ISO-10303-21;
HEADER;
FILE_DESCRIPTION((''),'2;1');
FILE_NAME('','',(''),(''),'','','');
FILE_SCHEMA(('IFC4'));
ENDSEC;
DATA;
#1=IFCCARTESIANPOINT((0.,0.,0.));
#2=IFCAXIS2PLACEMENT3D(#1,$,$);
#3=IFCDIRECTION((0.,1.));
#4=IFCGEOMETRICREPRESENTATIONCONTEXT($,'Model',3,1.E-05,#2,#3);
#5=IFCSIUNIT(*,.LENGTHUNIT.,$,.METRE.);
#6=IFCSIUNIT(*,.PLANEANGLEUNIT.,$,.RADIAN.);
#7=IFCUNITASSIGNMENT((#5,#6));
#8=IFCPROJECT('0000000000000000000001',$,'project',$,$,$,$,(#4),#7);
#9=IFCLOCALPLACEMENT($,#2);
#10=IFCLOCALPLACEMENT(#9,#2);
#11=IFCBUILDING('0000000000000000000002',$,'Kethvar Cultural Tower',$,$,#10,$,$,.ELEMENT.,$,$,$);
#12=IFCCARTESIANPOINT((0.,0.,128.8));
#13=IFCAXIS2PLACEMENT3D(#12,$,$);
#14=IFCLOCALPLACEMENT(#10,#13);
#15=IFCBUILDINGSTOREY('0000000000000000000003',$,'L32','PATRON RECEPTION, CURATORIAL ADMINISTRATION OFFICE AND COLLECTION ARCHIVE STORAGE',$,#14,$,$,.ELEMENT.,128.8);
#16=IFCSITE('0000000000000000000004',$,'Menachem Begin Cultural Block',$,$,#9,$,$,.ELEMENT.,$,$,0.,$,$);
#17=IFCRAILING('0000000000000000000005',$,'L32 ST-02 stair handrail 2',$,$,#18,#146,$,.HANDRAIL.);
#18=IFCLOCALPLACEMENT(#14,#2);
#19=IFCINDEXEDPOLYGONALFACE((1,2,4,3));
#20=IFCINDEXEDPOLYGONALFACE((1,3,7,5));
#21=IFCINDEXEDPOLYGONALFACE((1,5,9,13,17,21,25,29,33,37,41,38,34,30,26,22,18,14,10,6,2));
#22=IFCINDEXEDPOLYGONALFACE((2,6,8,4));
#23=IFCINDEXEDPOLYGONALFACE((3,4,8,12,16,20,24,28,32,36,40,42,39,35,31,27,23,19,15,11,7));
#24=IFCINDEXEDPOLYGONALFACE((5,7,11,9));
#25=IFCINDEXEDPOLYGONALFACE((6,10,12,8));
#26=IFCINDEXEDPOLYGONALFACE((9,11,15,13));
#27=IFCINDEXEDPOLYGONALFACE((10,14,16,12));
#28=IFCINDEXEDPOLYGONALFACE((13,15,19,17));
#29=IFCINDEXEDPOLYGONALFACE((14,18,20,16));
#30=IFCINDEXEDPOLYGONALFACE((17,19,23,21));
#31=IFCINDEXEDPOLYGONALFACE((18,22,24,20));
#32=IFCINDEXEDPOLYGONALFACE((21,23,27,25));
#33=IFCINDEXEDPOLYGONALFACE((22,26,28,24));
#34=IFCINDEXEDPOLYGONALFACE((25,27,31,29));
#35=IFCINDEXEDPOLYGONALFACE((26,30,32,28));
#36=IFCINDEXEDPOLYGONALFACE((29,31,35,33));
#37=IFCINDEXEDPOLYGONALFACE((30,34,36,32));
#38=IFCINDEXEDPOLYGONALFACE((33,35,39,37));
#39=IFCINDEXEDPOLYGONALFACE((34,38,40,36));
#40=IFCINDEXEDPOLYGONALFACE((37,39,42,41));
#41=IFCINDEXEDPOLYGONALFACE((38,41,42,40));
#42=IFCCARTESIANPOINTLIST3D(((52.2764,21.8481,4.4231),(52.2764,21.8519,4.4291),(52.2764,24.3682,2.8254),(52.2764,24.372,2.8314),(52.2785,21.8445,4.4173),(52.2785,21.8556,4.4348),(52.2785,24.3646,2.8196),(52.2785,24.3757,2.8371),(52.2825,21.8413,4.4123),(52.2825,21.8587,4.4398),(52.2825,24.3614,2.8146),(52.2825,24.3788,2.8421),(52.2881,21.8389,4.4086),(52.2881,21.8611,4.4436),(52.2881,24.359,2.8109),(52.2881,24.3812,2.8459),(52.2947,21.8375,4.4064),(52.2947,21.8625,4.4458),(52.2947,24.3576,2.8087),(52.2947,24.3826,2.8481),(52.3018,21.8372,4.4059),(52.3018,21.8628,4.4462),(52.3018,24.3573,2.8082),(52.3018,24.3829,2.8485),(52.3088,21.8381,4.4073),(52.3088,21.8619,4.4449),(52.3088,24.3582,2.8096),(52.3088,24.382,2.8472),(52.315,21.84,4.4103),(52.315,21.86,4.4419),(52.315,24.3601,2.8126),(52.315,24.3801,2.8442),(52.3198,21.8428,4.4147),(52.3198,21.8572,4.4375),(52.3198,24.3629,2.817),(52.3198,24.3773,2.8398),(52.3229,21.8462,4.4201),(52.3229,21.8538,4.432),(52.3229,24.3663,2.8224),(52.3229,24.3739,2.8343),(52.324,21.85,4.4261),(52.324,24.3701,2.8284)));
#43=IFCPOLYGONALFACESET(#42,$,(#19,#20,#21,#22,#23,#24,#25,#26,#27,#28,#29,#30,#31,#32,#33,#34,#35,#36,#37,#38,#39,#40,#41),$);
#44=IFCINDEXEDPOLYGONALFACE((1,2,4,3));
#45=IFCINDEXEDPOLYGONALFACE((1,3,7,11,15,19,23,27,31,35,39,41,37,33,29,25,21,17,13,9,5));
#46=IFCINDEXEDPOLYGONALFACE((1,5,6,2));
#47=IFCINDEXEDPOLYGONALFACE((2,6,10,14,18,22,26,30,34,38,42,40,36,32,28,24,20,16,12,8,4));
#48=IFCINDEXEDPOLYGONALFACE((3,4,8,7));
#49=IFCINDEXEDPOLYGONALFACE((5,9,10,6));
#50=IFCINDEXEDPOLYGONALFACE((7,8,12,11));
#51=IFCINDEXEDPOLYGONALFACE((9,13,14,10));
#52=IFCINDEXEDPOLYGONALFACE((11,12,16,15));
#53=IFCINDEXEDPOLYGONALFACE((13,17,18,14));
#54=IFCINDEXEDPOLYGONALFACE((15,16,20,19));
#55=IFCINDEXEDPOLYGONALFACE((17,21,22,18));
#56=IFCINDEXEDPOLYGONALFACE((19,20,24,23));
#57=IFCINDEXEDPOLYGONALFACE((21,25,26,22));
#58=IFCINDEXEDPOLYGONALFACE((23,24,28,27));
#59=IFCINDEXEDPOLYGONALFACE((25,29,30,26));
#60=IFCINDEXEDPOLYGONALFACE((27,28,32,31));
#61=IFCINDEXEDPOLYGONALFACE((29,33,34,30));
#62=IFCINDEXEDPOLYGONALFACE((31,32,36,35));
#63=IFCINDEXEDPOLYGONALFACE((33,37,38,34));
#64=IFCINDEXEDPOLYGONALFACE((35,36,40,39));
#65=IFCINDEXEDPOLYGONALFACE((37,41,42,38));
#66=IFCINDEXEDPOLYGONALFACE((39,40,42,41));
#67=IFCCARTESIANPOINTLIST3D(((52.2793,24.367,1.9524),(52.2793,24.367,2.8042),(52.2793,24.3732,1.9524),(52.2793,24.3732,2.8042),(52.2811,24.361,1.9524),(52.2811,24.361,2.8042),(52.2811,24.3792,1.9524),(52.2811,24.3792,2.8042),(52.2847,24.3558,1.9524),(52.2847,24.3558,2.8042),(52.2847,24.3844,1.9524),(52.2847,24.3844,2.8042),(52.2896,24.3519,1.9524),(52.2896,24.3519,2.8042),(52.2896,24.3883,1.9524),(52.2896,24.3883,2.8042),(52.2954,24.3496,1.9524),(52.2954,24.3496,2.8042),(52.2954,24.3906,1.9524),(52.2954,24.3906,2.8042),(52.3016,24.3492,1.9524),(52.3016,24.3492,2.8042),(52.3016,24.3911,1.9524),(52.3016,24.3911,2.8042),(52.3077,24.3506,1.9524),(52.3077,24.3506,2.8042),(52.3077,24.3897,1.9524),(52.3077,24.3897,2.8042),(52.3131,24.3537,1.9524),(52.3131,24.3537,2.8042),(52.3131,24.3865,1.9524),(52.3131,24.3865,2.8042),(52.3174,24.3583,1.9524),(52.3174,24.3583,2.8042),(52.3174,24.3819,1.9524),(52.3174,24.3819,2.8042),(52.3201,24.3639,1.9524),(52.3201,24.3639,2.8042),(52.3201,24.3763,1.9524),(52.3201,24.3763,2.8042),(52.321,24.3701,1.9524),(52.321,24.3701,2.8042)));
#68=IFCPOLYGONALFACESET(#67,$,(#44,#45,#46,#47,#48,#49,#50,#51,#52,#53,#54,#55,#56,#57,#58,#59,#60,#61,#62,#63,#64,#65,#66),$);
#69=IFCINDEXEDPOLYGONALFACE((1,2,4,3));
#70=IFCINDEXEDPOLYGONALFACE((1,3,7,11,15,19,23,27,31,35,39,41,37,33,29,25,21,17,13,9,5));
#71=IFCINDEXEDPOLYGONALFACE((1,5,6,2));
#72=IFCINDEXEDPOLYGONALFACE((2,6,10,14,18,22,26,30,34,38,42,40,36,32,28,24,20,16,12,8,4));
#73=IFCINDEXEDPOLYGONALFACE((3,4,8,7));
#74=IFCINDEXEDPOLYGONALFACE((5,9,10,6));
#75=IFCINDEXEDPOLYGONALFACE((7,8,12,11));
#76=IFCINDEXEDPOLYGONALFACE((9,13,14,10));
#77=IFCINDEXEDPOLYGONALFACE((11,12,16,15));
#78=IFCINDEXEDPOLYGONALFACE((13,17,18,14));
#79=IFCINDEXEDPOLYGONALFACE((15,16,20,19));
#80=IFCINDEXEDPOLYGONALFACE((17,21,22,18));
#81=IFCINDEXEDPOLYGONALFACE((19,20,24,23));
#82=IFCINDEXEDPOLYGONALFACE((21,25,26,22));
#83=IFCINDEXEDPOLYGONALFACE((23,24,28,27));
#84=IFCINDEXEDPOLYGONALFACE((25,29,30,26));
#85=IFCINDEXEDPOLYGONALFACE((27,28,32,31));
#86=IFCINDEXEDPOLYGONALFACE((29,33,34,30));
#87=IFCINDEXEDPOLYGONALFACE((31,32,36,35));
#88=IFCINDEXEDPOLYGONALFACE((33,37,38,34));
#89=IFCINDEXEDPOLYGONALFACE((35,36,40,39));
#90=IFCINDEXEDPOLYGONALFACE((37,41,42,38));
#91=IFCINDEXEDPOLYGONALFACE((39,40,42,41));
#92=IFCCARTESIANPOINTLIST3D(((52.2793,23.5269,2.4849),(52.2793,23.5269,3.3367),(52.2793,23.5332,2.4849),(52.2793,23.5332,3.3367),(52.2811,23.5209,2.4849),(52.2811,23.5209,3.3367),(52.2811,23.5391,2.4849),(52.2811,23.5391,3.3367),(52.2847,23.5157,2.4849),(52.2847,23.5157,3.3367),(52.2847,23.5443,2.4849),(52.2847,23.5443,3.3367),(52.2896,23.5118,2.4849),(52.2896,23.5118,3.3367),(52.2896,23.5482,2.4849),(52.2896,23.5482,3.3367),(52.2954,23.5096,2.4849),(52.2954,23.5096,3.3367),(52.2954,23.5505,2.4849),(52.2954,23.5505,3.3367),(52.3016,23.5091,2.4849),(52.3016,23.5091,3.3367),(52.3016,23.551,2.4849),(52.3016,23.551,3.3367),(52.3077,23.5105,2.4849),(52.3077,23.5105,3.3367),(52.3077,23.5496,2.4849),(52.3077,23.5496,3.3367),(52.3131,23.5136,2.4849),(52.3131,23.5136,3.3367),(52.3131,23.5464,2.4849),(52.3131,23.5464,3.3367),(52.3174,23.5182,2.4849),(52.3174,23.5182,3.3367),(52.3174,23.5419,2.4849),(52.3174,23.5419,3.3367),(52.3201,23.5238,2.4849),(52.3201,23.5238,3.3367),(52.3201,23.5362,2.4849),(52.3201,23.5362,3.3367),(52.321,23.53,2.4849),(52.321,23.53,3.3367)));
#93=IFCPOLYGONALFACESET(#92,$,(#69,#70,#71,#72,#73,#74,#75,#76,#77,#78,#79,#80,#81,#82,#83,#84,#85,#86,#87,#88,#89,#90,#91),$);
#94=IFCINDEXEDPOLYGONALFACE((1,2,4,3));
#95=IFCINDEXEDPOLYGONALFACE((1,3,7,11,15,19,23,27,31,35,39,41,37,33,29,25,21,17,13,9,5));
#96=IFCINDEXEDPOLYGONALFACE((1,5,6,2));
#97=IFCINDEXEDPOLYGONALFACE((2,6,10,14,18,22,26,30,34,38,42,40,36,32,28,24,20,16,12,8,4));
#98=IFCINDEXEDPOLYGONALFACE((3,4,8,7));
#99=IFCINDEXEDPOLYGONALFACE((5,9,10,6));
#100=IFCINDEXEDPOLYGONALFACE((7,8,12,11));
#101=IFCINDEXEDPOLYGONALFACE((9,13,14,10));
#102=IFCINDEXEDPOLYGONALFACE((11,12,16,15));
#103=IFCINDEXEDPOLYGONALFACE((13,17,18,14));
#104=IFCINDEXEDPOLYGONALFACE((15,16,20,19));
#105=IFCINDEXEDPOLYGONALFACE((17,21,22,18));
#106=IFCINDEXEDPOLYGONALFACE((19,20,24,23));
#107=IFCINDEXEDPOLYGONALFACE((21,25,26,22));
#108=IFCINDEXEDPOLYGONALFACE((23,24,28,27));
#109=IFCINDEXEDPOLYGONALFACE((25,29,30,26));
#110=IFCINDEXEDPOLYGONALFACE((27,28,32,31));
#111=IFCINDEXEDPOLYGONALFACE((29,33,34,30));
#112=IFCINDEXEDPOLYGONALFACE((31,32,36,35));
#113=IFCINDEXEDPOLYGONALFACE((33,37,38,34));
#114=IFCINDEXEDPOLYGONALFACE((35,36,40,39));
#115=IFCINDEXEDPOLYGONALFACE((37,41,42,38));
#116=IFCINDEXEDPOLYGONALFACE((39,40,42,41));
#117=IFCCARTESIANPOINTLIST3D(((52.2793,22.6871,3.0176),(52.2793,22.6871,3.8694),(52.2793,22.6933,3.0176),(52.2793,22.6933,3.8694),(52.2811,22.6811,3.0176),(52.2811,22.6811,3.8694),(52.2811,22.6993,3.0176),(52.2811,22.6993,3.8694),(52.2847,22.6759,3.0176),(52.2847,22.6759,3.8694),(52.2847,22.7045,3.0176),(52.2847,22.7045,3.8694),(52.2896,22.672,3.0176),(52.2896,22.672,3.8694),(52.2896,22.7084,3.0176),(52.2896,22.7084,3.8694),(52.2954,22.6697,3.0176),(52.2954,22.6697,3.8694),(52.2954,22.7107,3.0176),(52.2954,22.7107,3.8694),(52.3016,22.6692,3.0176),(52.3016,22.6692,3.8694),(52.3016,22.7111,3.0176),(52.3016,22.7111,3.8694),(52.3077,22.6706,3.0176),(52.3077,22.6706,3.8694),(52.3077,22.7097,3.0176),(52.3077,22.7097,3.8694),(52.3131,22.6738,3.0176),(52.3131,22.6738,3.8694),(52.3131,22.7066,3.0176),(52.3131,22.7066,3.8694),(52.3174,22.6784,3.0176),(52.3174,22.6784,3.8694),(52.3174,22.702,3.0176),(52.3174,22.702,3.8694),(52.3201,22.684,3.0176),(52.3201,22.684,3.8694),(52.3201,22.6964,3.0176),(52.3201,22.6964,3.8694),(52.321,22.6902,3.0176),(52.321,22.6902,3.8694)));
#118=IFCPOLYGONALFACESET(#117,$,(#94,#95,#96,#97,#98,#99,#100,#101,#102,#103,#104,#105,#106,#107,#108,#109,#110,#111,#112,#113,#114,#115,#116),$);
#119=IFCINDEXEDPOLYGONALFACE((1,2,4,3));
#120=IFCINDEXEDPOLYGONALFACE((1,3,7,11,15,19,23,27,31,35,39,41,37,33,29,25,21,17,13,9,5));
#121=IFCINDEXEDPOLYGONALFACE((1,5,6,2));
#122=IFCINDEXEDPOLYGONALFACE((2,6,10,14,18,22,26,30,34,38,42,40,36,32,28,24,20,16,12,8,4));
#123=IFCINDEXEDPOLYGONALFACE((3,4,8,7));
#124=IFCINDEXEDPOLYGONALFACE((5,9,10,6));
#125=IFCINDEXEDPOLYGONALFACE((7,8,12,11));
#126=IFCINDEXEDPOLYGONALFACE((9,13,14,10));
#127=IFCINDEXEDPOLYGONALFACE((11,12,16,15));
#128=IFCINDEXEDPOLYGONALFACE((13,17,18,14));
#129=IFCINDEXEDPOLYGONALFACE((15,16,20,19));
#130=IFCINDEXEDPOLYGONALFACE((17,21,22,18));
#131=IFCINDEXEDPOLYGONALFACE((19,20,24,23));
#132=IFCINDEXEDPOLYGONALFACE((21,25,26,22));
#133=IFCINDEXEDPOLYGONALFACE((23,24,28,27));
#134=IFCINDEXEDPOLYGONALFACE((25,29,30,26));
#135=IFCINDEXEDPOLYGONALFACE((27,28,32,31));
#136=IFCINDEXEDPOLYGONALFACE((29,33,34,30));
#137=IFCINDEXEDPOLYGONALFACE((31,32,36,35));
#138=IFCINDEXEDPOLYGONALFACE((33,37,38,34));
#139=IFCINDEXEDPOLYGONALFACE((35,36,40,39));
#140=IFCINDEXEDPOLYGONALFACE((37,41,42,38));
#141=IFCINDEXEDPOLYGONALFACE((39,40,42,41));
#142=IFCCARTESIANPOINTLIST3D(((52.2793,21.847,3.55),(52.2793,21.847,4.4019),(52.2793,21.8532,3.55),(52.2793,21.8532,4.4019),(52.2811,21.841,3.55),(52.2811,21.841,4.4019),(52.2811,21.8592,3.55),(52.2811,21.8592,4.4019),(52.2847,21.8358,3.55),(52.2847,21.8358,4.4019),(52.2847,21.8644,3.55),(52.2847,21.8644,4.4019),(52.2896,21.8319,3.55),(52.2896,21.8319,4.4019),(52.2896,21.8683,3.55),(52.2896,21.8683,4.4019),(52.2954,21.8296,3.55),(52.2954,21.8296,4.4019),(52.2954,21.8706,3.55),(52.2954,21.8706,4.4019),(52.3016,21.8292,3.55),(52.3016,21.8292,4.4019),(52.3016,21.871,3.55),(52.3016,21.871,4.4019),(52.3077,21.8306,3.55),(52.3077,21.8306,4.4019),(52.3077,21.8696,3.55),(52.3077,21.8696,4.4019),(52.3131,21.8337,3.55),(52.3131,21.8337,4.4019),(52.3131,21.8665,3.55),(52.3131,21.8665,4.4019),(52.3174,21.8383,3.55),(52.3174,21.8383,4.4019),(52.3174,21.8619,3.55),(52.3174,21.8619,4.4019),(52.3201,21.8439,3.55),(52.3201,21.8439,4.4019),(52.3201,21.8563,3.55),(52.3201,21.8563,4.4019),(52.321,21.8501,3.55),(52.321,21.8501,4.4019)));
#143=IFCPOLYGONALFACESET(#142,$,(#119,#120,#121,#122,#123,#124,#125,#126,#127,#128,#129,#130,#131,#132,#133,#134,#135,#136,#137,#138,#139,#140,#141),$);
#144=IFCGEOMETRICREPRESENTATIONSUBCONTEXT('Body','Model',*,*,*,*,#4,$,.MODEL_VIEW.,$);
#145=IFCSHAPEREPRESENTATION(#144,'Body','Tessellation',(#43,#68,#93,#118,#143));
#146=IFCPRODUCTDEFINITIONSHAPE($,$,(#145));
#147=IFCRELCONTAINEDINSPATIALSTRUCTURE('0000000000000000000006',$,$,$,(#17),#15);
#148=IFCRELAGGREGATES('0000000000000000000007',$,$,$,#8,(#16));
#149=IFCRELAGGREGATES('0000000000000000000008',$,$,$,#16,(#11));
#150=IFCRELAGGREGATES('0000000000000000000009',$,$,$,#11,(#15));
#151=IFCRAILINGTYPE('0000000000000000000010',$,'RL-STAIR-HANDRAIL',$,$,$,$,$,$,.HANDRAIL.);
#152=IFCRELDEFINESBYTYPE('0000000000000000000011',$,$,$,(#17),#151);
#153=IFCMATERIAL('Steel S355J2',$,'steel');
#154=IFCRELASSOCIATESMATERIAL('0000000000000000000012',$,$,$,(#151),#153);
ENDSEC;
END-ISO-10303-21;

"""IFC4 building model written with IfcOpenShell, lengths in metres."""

from ifc_helpers import new_model, si_unit, direction, frame, origin, origin_2d, place, context, subcontext, project, spatial, circle, extrude, material, type_object, element, save


model = new_model("IFC4")

# Units and contexts
model_context = context("Model", 3, precision=1e-05, world=origin(), true_north=direction((0.0, 1.0)))
body_context = subcontext(model_context, "Body", "Model", "MODEL_VIEW")
ifc_project = project(units=[si_unit("LENGTHUNIT", "METRE"), si_unit("PLANEANGLEUNIT", "RADIAN")], contexts=[model_context])

# Site, building, storey
site_placement = place(None, origin())
site = spatial("IfcSite", under=ifc_project, at=site_placement, Name="Menachem Begin Cultural Block", CompositionType="ELEMENT", RefElevation=0.0)
building_placement = place(site_placement, origin())
building = spatial("IfcBuilding", under=site, at=building_placement, Name="Kethvar Cultural Tower", CompositionType="ELEMENT")
storey_placement = place(building_placement, frame((0.0, 0.0, 128.8)))
storey = spatial("IfcBuildingStorey", under=building, at=storey_placement, Name="L32", Description="PATRON RECEPTION, CURATORIAL ADMINISTRATION OFFICE AND COLLECTION ARCHIVE STORAGE", CompositionType="ELEMENT", Elevation=128.8)

# Shared definitions
ifc_material_1 = material(Name="Steel S355J2", Category="steel")

# Railing
railing_type_1 = type_object("IfcRailingType", Name="RL-STAIR-HANDRAIL", PredefinedType="HANDRAIL", material=ifc_material_1)
railing_1_placement = place(storey_placement, frame((52.3, 24.3701, 1.9524)))
element("IfcRailing", 1, at=railing_1_placement, inside=storey, type_object=railing_type_1, Name="L32 ST-02 stair handrail 2", PredefinedType="HANDRAIL", context=body_context, shape_type="SweptSolid", body=[
    extrude(circle(Radius=0.0239, at=origin_2d()), frame((0.0, 0.0, 0.876), z_axis=(0.0, -0.84457, 0.535445), x_axis=(1.0, 0.0, 0.0)), (0.0, 0.0, 1.0), 2.9839),
    extrude(circle(Radius=0.021, at=origin_2d()), origin(), (0.0, 0.0, 1.0), 0.8518),
    extrude(circle(Radius=0.021, at=origin_2d()), frame((0.0, -0.8401, 0.5325)), (0.0, 0.0, 1.0), 0.8518),
    extrude(circle(Radius=0.021, at=origin_2d()), frame((0.0, -1.6799, 1.0652)), (0.0, 0.0, 1.0), 0.8518),
    extrude(circle(Radius=0.021, at=origin_2d()), frame((0.0, -2.52, 1.5977)), (0.0, 0.0, 1.0), 0.8518),
])

save(model, "model.ifc")
